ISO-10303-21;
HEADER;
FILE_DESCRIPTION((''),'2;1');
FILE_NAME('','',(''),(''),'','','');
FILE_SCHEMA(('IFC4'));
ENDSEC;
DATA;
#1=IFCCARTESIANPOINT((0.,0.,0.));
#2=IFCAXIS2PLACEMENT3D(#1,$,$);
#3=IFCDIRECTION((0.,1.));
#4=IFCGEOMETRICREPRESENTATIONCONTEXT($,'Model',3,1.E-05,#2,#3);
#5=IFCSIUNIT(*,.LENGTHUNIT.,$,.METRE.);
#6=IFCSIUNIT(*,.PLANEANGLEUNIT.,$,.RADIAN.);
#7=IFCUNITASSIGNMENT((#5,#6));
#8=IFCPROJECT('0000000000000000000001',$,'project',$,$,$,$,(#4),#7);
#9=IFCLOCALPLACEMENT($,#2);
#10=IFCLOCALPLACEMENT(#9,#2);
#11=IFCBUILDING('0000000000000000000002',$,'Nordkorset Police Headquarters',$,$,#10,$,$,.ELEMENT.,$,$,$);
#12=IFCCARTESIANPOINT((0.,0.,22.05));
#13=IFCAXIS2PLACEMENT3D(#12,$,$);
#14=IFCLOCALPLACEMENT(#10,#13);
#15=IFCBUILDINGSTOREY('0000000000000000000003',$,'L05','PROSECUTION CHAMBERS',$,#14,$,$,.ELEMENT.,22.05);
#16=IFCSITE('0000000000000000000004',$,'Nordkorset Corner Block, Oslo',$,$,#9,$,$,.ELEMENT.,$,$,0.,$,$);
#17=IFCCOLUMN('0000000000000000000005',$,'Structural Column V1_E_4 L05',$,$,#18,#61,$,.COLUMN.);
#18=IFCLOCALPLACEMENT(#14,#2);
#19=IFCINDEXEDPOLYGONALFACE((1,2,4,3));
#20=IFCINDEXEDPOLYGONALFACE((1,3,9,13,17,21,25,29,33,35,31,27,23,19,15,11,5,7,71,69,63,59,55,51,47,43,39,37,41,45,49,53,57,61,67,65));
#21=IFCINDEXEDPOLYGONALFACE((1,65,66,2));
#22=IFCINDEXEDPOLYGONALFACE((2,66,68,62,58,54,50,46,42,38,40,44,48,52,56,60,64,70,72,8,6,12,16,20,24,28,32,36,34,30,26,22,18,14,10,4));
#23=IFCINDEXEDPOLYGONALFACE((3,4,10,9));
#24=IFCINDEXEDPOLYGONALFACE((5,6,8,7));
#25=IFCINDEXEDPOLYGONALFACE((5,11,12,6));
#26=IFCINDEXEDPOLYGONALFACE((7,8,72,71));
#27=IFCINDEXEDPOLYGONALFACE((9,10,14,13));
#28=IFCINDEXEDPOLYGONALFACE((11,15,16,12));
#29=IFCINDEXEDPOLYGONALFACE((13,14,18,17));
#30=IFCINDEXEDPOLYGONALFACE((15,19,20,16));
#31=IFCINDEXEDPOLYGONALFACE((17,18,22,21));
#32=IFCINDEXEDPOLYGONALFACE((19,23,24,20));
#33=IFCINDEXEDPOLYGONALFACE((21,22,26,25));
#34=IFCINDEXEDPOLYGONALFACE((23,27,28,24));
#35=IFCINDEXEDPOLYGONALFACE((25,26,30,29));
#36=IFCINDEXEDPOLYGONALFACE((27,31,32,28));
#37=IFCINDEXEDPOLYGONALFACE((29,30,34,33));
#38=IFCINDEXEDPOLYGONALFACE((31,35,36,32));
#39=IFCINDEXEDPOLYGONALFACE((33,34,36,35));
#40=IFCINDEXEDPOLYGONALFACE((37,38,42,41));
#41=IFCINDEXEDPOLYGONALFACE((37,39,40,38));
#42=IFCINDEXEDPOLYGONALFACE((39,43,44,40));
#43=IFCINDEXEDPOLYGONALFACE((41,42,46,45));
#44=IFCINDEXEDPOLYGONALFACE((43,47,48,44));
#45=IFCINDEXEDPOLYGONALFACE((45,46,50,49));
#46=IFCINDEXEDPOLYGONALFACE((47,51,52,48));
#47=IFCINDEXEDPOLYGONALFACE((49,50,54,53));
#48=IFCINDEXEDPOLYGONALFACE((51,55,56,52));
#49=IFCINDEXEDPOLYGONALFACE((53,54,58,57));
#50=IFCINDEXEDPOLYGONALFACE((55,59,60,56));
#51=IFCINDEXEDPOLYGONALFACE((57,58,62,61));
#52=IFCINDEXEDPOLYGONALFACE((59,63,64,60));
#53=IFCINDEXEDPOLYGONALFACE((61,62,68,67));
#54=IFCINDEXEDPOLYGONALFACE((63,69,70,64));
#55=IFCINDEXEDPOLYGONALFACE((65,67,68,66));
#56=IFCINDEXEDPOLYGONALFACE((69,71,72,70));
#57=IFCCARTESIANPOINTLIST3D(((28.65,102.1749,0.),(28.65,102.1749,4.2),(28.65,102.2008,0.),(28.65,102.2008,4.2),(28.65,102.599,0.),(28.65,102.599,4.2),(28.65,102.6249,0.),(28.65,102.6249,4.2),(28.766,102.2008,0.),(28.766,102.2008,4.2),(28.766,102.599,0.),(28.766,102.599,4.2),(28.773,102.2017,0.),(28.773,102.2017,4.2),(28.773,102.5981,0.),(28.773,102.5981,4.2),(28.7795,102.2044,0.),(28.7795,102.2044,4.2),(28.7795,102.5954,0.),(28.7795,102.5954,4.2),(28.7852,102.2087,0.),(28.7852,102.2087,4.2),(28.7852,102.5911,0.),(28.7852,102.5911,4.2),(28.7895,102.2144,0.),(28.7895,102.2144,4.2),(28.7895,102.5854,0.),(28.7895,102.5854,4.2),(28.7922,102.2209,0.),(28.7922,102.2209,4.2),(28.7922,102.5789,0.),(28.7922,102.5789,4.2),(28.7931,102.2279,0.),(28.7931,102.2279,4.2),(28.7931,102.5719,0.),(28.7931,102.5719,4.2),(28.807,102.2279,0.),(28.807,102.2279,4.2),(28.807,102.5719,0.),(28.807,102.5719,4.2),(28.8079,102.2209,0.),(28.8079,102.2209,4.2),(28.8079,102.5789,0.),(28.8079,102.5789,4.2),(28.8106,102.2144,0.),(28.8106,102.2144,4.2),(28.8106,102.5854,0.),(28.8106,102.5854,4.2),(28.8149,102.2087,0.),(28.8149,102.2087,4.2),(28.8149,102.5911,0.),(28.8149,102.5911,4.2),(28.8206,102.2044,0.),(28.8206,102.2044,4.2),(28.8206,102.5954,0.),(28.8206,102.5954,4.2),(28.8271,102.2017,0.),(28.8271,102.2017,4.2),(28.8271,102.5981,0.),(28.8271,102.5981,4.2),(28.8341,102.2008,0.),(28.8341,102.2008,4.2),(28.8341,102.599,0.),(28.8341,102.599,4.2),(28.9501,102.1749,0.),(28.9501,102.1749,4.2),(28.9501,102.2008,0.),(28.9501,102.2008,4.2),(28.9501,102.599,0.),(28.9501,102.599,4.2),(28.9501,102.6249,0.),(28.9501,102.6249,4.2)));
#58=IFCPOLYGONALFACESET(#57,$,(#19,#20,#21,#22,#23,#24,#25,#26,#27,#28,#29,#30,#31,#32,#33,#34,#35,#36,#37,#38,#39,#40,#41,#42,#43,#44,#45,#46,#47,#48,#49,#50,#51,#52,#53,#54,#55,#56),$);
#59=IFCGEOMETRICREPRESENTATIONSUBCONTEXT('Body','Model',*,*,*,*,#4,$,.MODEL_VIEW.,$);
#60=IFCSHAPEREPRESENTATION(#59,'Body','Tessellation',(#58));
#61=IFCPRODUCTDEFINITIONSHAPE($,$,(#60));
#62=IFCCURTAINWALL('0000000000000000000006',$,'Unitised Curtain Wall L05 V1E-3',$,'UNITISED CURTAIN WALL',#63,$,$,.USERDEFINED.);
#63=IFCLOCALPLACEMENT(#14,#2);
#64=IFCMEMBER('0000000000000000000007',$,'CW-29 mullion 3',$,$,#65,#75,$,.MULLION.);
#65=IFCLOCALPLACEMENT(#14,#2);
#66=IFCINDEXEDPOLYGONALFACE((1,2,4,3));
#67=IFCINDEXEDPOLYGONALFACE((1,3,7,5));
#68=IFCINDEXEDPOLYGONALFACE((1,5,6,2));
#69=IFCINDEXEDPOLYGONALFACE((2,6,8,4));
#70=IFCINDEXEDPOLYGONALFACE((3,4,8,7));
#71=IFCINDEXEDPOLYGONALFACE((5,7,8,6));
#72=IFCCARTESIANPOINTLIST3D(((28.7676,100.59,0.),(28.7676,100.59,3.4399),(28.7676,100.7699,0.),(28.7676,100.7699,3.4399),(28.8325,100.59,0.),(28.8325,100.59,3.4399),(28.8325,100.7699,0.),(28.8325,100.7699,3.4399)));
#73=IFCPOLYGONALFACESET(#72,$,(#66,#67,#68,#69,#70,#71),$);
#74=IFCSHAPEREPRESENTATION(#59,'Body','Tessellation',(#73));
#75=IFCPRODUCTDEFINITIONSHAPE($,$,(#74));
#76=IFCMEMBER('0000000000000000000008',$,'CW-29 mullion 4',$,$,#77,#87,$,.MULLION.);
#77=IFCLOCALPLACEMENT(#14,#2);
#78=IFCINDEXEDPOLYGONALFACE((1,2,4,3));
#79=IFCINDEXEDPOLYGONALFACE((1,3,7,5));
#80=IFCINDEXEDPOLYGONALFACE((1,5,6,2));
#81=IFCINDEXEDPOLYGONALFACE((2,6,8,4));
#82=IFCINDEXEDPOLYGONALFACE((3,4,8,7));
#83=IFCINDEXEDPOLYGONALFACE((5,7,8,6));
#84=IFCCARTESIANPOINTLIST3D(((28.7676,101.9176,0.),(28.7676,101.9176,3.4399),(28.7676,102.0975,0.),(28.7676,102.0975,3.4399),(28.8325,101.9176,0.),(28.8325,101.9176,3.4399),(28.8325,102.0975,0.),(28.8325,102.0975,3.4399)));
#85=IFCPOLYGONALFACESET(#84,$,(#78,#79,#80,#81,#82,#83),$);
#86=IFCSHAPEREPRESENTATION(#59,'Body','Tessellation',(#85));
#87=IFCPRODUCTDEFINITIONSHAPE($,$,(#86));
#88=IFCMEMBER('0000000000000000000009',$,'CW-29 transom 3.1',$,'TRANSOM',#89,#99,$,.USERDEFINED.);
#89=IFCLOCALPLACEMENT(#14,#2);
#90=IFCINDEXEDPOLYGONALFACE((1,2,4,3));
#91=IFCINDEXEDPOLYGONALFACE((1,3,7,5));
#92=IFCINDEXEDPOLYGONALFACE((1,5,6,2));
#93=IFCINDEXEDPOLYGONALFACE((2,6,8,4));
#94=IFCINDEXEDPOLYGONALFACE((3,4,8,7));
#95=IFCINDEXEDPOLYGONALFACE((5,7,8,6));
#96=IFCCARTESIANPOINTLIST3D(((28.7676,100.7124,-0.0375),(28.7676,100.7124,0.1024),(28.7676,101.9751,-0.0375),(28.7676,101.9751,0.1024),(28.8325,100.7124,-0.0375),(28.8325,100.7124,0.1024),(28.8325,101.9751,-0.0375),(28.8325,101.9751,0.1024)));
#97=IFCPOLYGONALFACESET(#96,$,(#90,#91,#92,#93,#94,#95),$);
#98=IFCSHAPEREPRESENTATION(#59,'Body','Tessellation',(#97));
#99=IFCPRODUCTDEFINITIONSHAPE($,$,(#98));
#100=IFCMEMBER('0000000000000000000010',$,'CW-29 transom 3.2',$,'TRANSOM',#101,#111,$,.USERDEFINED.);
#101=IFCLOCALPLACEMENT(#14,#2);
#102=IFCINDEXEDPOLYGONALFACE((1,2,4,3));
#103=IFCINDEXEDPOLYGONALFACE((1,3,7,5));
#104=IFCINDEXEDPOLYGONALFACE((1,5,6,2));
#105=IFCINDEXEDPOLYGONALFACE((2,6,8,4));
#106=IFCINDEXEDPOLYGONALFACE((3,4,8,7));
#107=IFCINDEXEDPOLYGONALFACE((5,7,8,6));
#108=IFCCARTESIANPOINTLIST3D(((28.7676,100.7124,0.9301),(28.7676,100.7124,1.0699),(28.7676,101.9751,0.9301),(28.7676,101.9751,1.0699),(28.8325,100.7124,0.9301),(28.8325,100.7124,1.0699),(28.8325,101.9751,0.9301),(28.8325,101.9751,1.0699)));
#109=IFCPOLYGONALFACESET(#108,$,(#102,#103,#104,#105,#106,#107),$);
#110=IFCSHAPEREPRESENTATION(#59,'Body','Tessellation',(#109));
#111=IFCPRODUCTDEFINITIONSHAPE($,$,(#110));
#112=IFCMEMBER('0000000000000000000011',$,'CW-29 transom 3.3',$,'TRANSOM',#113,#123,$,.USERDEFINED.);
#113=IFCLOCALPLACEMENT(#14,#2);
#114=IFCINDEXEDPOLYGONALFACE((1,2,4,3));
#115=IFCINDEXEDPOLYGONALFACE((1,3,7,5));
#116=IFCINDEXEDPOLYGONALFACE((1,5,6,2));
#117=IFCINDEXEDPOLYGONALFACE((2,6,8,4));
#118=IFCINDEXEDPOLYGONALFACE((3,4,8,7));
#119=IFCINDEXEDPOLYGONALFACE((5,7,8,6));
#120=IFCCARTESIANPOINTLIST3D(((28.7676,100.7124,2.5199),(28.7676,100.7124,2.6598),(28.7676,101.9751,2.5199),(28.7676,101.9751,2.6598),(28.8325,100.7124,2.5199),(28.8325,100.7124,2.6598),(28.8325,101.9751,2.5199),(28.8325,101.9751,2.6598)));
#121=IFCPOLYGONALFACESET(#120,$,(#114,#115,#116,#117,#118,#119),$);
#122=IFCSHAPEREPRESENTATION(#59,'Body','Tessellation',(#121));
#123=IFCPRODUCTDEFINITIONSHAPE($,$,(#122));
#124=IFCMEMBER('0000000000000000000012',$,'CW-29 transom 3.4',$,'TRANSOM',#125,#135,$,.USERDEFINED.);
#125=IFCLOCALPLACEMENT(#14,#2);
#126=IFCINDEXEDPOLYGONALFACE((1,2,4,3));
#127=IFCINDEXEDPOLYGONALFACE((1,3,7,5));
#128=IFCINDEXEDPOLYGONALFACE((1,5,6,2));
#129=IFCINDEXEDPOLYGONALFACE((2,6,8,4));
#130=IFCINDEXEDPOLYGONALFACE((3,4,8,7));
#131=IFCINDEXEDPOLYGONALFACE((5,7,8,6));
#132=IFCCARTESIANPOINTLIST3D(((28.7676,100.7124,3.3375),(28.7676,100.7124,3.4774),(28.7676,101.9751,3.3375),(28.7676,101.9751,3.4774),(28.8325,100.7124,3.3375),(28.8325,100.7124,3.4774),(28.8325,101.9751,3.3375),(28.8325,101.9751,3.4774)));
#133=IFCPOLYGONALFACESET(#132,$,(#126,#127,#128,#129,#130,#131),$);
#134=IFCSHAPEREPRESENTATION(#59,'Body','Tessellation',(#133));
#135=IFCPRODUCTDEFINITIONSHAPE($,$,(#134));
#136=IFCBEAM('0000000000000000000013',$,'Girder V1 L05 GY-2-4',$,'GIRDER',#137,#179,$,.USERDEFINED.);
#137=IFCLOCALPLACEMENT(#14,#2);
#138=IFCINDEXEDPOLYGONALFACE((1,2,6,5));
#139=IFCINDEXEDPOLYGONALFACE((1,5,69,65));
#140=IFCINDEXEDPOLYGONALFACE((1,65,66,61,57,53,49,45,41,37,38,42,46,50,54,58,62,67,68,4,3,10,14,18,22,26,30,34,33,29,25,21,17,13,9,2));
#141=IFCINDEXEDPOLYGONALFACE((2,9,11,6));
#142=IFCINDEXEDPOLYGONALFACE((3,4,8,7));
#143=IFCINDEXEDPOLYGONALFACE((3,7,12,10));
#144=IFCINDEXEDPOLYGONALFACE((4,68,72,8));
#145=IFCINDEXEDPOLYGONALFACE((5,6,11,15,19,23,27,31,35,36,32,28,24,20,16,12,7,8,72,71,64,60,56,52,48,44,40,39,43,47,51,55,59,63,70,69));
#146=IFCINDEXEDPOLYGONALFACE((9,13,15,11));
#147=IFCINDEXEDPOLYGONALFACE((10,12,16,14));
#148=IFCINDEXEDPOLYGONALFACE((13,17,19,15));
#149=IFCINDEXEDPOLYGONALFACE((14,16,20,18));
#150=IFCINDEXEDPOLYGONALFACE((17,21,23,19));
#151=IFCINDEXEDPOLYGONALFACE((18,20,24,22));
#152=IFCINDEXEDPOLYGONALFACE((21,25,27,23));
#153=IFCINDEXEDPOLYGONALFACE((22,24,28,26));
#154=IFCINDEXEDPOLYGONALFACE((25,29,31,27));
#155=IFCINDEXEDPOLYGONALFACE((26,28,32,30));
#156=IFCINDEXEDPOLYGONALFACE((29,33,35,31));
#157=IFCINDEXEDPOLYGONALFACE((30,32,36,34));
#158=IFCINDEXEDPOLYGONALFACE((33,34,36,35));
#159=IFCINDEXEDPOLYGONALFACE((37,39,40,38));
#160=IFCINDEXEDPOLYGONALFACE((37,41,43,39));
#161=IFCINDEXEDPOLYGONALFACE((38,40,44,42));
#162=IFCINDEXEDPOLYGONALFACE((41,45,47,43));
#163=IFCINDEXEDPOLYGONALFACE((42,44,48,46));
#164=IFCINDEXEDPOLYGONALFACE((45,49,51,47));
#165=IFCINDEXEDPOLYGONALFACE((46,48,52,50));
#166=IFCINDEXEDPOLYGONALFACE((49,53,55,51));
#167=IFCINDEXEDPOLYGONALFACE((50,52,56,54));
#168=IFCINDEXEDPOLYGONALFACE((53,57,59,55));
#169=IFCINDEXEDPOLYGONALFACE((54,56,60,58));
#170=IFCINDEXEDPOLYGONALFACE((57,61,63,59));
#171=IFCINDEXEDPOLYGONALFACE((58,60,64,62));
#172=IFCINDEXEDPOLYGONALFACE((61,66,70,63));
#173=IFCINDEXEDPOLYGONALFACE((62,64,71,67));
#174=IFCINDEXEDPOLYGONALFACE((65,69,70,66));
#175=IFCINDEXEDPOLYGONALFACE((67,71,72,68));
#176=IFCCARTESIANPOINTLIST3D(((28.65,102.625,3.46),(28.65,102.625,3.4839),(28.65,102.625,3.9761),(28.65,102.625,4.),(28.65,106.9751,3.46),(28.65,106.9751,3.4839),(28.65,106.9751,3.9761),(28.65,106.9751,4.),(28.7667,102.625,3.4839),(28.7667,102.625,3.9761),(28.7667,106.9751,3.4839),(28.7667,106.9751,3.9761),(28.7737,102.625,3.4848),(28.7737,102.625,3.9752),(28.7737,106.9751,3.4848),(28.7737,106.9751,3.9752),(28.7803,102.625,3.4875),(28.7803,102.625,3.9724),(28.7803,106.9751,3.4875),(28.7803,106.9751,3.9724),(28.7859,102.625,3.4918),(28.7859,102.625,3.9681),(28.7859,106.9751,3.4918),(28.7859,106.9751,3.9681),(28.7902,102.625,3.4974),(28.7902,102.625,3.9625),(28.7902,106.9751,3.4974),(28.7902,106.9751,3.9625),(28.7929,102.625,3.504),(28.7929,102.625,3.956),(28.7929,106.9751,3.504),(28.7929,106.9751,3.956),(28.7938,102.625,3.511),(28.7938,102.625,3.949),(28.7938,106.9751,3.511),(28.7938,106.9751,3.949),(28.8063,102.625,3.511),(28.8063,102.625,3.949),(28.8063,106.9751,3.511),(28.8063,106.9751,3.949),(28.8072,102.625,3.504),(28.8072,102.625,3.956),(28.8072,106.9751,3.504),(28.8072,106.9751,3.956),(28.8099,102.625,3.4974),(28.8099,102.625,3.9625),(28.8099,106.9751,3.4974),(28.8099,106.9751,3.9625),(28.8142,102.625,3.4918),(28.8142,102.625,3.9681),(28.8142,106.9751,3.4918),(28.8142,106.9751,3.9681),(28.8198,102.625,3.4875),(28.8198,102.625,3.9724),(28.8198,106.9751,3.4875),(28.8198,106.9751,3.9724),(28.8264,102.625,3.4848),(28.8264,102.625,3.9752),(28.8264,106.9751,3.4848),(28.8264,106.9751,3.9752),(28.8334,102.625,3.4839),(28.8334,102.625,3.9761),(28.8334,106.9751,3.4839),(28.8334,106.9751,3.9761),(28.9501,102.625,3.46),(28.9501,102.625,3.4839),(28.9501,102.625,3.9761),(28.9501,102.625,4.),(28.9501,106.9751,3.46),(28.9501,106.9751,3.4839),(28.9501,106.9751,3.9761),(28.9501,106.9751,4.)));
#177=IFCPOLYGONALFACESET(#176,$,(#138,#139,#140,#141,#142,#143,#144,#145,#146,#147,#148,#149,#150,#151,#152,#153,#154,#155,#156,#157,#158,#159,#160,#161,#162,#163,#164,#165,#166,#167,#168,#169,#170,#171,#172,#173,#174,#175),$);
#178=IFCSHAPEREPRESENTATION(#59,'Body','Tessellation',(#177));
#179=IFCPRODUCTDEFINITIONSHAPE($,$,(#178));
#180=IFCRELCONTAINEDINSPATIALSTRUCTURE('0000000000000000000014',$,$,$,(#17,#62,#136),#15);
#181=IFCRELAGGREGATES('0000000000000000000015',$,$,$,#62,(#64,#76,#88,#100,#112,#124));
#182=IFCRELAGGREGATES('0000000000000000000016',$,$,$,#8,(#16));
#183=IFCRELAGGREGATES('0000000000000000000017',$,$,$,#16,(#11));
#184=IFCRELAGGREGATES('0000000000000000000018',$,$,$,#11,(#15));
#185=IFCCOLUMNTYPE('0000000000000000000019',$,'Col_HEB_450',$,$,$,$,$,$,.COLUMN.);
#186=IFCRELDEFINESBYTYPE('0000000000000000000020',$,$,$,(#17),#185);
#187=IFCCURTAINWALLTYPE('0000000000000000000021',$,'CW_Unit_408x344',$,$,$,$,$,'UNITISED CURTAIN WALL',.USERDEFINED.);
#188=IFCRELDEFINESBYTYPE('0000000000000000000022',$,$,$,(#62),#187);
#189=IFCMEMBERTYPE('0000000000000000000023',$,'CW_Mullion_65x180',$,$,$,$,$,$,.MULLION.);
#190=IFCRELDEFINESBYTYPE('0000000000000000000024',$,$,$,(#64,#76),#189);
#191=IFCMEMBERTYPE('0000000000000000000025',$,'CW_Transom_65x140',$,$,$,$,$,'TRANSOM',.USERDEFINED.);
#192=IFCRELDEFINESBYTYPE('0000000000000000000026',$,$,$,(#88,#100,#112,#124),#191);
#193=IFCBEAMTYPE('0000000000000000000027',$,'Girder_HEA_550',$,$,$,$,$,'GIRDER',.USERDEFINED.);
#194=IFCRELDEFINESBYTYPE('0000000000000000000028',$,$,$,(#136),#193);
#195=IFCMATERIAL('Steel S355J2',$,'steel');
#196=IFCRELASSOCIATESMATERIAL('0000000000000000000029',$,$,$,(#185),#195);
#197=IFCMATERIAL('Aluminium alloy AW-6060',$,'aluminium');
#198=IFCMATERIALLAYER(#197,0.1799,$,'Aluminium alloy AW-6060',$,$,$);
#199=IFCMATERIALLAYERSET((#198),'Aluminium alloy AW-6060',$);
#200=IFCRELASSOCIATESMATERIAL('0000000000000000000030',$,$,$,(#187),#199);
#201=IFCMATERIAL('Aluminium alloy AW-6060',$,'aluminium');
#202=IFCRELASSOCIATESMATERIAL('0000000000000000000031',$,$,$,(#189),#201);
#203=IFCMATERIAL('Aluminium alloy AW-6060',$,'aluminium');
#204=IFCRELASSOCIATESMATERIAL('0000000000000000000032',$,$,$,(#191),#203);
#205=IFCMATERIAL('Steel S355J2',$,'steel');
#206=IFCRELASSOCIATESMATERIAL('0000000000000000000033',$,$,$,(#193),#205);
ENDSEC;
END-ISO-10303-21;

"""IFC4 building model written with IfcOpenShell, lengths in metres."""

from ifc_helpers import new_model, si_unit, direction, frame, origin, origin_2d, place, context, subcontext, project, spatial, rectangle, i_section, extrude, material, layer, layer_set, material_profile, profile_set, type_object, element, aggregate, save


model = new_model("IFC4")

# Units and contexts
model_context = context("Model", 3, precision=1e-05, world=origin(), true_north=direction((0.0, 1.0)))
body_context = subcontext(model_context, "Body", "Model", "MODEL_VIEW")
ifc_project = project(units=[si_unit("LENGTHUNIT", "METRE"), si_unit("PLANEANGLEUNIT", "RADIAN")], contexts=[model_context])

# Site, building, storey
site_placement = place(None, origin())
site = spatial("IfcSite", under=ifc_project, at=site_placement, Name="Nordkorset Corner Block, Oslo", CompositionType="ELEMENT", RefElevation=0.0)
building_placement = place(site_placement, origin())
building = spatial("IfcBuilding", under=site, at=building_placement, Name="Nordkorset Police Headquarters", CompositionType="ELEMENT")
storey_placement = place(building_placement, frame((0.0, 0.0, 22.05)))
storey = spatial("IfcBuildingStorey", under=building, at=storey_placement, Name="L05", Description="PROSECUTION CHAMBERS", CompositionType="ELEMENT", Elevation=22.05)

# Column
ifc_material_1 = material(Name="Steel S355J2", Category="steel")
ifc_material_profile_1 = material_profile(ifc_material_1, i_section(OverallWidth=0.3, OverallDepth=0.45, WebThickness=0.0139, FlangeThickness=0.0259, FilletRadius=0.0271, at=origin_2d()), Name="HEB 450")
ifc_profile_set_1 = profile_set([ifc_material_profile_1], Name="Steel S355J2")
column_type = type_object("IfcColumnType", Name="Col_HEB_450", PredefinedType="COLUMN", material=ifc_profile_set_1)
column_placement = place(storey_placement, frame((28.8, 102.3999, 0.0), z_axis=(0.0, 0.0, 1.0), x_axis=(1.0, 0.0, 0.0)))
element("IfcColumn", 1, at=column_placement, inside=storey, type_object=column_type, Name="Structural Column V1_E_4 L05", PredefinedType="COLUMN", context=body_context, shape_type="SweptSolid", body=[
    extrude(i_section(OverallWidth=0.3, OverallDepth=0.45, WebThickness=0.0139, FlangeThickness=0.0259, FilletRadius=0.0271, at=origin_2d()), origin(), (0.0, 0.0, 1.0), 4.2),
])

# Curtain wall, members
ifc_material_2 = material(Name="Aluminium alloy AW-6060", Category="aluminium")
ifc_layer_1 = layer(ifc_material_2, 0.1799, Name="Aluminium alloy AW-6060")
ifc_layer_set_1 = layer_set([ifc_layer_1], Name="Aluminium alloy AW-6060")
curtain_wall_type = type_object("IfcCurtainWallType", Name="CW_Unit_408x344", ElementType="UNITISED CURTAIN WALL", PredefinedType="USERDEFINED", material=ifc_layer_set_1)
curtain_wall_placement = place(storey_placement, origin())
curtain_wall = element("IfcCurtainWall", 2, at=curtain_wall_placement, inside=storey, type_object=curtain_wall_type, Name="Unitised Curtain Wall L05 V1E-3", ObjectType="UNITISED CURTAIN WALL", PredefinedType="USERDEFINED")
ifc_material_3 = material(Name="Aluminium alloy AW-6060", Category="aluminium")
ifc_material_profile_2 = material_profile(ifc_material_3, rectangle(XDim=0.0649, YDim=0.1799, at=origin_2d()), Name="ALU MULL 65x180")
ifc_profile_set_2 = profile_set([ifc_material_profile_2], Name="Aluminium alloy AW-6060")
member_type_1 = type_object("IfcMemberType", Name="CW_Mullion_65x180", PredefinedType="MULLION", material=ifc_profile_set_2)
member_1_placement = place(storey_placement, frame((28.8, 100.6799, 0.0), z_axis=(0.0, 0.0, 1.0), x_axis=(-1.0, 0.0, 0.0)))
member_1 = element("IfcMember", 3, at=member_1_placement, type_object=member_type_1, Name="CW-29 mullion 3", PredefinedType="MULLION", context=body_context, shape_type="SweptSolid", body=[
    extrude(rectangle(XDim=0.0649, YDim=0.1799, at=origin_2d()), origin(), (0.0, 0.0, 1.0), 3.4399),
])
member_2_placement = place(storey_placement, frame((28.8, 102.0076, 0.0), z_axis=(0.0, 0.0, 1.0), x_axis=(-1.0, 0.0, 0.0)))
member_2 = element("IfcMember", 4, at=member_2_placement, type_object=member_type_1, Name="CW-29 mullion 4", PredefinedType="MULLION", context=body_context, shape_type="SweptSolid", body=[
    extrude(rectangle(XDim=0.0649, YDim=0.1799, at=origin_2d()), origin(), (0.0, 0.0, 1.0), 3.4399),
])
ifc_material_4 = material(Name="Aluminium alloy AW-6060", Category="aluminium")
ifc_material_profile_3 = material_profile(ifc_material_4, rectangle(XDim=0.0649, YDim=0.1399, at=origin_2d()), Name="ALU TRAN 65x140")
ifc_profile_set_3 = profile_set([ifc_material_profile_3], Name="Aluminium alloy AW-6060")
member_type_2 = type_object("IfcMemberType", Name="CW_Transom_65x140", ElementType="TRANSOM", PredefinedType="USERDEFINED", material=ifc_profile_set_3)
member_3_placement = place(storey_placement, frame((28.8, 100.7124, 0.0325), z_axis=(0.0, 1.0, 0.0), x_axis=(-1.0, 0.0, 0.0)))
member_3 = element("IfcMember", 5, at=member_3_placement, type_object=member_type_2, Name="CW-29 transom 3.1", ObjectType="TRANSOM", PredefinedType="USERDEFINED", context=body_context, shape_type="SweptSolid", body=[
    extrude(rectangle(XDim=0.0649, YDim=0.1399, at=origin_2d()), origin(), (0.0, 0.0, 1.0), 1.2627),
])
member_4_placement = place(storey_placement, frame((28.8, 100.7124, 1.0), z_axis=(0.0, 1.0, 0.0), x_axis=(-1.0, 0.0, 0.0)))
member_4 = element("IfcMember", 6, at=member_4_placement, type_object=member_type_2, Name="CW-29 transom 3.2", ObjectType="TRANSOM", PredefinedType="USERDEFINED", context=body_context, shape_type="SweptSolid", body=[
    extrude(rectangle(XDim=0.0649, YDim=0.1399, at=origin_2d()), origin(), (0.0, 0.0, 1.0), 1.2627),
])
member_5_placement = place(storey_placement, frame((28.8, 100.7124, 2.5898), z_axis=(0.0, 1.0, 0.0), x_axis=(-1.0, 0.0, 0.0)))
member_5 = element("IfcMember", 7, at=member_5_placement, type_object=member_type_2, Name="CW-29 transom 3.3", ObjectType="TRANSOM", PredefinedType="USERDEFINED", context=body_context, shape_type="SweptSolid", body=[
    extrude(rectangle(XDim=0.0649, YDim=0.1399, at=origin_2d()), origin(), (0.0, 0.0, 1.0), 1.2627),
])
member_6_placement = place(storey_placement, frame((28.8, 100.7124, 3.4075), z_axis=(0.0, 1.0, 0.0), x_axis=(-1.0, 0.0, 0.0)))
member_6 = element("IfcMember", 8, at=member_6_placement, type_object=member_type_2, Name="CW-29 transom 3.4", ObjectType="TRANSOM", PredefinedType="USERDEFINED", context=body_context, shape_type="SweptSolid", body=[
    extrude(rectangle(XDim=0.0649, YDim=0.1399, at=origin_2d()), origin(), (0.0, 0.0, 1.0), 1.2627),
])

# Beam
ifc_material_5 = material(Name="Steel S355J2", Category="steel")
ifc_material_profile_4 = material_profile(ifc_material_5, i_section(OverallWidth=0.3, OverallDepth=0.54, WebThickness=0.0125, FlangeThickness=0.0239, FilletRadius=0.0271, at=origin_2d()), Name="HEA 550")
ifc_profile_set_4 = profile_set([ifc_material_profile_4], Name="Steel S355J2")
beam_type = type_object("IfcBeamType", Name="Girder_HEA_550", ElementType="GIRDER", PredefinedType="USERDEFINED", material=ifc_profile_set_4)
beam_placement = place(storey_placement, frame((28.8, 102.625, 3.73), z_axis=(0.0, 1.0, 0.0), x_axis=(-1.0, 0.0, 0.0)))
element("IfcBeam", 9, at=beam_placement, inside=storey, type_object=beam_type, Name="Girder V1 L05 GY-2-4", ObjectType="GIRDER", PredefinedType="USERDEFINED", context=body_context, shape_type="SweptSolid", body=[
    extrude(i_section(OverallWidth=0.3, OverallDepth=0.54, WebThickness=0.0125, FlangeThickness=0.0239, FilletRadius=0.0271, at=origin_2d()), origin(), (0.0, 0.0, 1.0), 4.3501),
])

aggregate(curtain_wall, [member_1, member_2, member_3, member_4, member_5, member_6])

save(model, "model.ifc")
